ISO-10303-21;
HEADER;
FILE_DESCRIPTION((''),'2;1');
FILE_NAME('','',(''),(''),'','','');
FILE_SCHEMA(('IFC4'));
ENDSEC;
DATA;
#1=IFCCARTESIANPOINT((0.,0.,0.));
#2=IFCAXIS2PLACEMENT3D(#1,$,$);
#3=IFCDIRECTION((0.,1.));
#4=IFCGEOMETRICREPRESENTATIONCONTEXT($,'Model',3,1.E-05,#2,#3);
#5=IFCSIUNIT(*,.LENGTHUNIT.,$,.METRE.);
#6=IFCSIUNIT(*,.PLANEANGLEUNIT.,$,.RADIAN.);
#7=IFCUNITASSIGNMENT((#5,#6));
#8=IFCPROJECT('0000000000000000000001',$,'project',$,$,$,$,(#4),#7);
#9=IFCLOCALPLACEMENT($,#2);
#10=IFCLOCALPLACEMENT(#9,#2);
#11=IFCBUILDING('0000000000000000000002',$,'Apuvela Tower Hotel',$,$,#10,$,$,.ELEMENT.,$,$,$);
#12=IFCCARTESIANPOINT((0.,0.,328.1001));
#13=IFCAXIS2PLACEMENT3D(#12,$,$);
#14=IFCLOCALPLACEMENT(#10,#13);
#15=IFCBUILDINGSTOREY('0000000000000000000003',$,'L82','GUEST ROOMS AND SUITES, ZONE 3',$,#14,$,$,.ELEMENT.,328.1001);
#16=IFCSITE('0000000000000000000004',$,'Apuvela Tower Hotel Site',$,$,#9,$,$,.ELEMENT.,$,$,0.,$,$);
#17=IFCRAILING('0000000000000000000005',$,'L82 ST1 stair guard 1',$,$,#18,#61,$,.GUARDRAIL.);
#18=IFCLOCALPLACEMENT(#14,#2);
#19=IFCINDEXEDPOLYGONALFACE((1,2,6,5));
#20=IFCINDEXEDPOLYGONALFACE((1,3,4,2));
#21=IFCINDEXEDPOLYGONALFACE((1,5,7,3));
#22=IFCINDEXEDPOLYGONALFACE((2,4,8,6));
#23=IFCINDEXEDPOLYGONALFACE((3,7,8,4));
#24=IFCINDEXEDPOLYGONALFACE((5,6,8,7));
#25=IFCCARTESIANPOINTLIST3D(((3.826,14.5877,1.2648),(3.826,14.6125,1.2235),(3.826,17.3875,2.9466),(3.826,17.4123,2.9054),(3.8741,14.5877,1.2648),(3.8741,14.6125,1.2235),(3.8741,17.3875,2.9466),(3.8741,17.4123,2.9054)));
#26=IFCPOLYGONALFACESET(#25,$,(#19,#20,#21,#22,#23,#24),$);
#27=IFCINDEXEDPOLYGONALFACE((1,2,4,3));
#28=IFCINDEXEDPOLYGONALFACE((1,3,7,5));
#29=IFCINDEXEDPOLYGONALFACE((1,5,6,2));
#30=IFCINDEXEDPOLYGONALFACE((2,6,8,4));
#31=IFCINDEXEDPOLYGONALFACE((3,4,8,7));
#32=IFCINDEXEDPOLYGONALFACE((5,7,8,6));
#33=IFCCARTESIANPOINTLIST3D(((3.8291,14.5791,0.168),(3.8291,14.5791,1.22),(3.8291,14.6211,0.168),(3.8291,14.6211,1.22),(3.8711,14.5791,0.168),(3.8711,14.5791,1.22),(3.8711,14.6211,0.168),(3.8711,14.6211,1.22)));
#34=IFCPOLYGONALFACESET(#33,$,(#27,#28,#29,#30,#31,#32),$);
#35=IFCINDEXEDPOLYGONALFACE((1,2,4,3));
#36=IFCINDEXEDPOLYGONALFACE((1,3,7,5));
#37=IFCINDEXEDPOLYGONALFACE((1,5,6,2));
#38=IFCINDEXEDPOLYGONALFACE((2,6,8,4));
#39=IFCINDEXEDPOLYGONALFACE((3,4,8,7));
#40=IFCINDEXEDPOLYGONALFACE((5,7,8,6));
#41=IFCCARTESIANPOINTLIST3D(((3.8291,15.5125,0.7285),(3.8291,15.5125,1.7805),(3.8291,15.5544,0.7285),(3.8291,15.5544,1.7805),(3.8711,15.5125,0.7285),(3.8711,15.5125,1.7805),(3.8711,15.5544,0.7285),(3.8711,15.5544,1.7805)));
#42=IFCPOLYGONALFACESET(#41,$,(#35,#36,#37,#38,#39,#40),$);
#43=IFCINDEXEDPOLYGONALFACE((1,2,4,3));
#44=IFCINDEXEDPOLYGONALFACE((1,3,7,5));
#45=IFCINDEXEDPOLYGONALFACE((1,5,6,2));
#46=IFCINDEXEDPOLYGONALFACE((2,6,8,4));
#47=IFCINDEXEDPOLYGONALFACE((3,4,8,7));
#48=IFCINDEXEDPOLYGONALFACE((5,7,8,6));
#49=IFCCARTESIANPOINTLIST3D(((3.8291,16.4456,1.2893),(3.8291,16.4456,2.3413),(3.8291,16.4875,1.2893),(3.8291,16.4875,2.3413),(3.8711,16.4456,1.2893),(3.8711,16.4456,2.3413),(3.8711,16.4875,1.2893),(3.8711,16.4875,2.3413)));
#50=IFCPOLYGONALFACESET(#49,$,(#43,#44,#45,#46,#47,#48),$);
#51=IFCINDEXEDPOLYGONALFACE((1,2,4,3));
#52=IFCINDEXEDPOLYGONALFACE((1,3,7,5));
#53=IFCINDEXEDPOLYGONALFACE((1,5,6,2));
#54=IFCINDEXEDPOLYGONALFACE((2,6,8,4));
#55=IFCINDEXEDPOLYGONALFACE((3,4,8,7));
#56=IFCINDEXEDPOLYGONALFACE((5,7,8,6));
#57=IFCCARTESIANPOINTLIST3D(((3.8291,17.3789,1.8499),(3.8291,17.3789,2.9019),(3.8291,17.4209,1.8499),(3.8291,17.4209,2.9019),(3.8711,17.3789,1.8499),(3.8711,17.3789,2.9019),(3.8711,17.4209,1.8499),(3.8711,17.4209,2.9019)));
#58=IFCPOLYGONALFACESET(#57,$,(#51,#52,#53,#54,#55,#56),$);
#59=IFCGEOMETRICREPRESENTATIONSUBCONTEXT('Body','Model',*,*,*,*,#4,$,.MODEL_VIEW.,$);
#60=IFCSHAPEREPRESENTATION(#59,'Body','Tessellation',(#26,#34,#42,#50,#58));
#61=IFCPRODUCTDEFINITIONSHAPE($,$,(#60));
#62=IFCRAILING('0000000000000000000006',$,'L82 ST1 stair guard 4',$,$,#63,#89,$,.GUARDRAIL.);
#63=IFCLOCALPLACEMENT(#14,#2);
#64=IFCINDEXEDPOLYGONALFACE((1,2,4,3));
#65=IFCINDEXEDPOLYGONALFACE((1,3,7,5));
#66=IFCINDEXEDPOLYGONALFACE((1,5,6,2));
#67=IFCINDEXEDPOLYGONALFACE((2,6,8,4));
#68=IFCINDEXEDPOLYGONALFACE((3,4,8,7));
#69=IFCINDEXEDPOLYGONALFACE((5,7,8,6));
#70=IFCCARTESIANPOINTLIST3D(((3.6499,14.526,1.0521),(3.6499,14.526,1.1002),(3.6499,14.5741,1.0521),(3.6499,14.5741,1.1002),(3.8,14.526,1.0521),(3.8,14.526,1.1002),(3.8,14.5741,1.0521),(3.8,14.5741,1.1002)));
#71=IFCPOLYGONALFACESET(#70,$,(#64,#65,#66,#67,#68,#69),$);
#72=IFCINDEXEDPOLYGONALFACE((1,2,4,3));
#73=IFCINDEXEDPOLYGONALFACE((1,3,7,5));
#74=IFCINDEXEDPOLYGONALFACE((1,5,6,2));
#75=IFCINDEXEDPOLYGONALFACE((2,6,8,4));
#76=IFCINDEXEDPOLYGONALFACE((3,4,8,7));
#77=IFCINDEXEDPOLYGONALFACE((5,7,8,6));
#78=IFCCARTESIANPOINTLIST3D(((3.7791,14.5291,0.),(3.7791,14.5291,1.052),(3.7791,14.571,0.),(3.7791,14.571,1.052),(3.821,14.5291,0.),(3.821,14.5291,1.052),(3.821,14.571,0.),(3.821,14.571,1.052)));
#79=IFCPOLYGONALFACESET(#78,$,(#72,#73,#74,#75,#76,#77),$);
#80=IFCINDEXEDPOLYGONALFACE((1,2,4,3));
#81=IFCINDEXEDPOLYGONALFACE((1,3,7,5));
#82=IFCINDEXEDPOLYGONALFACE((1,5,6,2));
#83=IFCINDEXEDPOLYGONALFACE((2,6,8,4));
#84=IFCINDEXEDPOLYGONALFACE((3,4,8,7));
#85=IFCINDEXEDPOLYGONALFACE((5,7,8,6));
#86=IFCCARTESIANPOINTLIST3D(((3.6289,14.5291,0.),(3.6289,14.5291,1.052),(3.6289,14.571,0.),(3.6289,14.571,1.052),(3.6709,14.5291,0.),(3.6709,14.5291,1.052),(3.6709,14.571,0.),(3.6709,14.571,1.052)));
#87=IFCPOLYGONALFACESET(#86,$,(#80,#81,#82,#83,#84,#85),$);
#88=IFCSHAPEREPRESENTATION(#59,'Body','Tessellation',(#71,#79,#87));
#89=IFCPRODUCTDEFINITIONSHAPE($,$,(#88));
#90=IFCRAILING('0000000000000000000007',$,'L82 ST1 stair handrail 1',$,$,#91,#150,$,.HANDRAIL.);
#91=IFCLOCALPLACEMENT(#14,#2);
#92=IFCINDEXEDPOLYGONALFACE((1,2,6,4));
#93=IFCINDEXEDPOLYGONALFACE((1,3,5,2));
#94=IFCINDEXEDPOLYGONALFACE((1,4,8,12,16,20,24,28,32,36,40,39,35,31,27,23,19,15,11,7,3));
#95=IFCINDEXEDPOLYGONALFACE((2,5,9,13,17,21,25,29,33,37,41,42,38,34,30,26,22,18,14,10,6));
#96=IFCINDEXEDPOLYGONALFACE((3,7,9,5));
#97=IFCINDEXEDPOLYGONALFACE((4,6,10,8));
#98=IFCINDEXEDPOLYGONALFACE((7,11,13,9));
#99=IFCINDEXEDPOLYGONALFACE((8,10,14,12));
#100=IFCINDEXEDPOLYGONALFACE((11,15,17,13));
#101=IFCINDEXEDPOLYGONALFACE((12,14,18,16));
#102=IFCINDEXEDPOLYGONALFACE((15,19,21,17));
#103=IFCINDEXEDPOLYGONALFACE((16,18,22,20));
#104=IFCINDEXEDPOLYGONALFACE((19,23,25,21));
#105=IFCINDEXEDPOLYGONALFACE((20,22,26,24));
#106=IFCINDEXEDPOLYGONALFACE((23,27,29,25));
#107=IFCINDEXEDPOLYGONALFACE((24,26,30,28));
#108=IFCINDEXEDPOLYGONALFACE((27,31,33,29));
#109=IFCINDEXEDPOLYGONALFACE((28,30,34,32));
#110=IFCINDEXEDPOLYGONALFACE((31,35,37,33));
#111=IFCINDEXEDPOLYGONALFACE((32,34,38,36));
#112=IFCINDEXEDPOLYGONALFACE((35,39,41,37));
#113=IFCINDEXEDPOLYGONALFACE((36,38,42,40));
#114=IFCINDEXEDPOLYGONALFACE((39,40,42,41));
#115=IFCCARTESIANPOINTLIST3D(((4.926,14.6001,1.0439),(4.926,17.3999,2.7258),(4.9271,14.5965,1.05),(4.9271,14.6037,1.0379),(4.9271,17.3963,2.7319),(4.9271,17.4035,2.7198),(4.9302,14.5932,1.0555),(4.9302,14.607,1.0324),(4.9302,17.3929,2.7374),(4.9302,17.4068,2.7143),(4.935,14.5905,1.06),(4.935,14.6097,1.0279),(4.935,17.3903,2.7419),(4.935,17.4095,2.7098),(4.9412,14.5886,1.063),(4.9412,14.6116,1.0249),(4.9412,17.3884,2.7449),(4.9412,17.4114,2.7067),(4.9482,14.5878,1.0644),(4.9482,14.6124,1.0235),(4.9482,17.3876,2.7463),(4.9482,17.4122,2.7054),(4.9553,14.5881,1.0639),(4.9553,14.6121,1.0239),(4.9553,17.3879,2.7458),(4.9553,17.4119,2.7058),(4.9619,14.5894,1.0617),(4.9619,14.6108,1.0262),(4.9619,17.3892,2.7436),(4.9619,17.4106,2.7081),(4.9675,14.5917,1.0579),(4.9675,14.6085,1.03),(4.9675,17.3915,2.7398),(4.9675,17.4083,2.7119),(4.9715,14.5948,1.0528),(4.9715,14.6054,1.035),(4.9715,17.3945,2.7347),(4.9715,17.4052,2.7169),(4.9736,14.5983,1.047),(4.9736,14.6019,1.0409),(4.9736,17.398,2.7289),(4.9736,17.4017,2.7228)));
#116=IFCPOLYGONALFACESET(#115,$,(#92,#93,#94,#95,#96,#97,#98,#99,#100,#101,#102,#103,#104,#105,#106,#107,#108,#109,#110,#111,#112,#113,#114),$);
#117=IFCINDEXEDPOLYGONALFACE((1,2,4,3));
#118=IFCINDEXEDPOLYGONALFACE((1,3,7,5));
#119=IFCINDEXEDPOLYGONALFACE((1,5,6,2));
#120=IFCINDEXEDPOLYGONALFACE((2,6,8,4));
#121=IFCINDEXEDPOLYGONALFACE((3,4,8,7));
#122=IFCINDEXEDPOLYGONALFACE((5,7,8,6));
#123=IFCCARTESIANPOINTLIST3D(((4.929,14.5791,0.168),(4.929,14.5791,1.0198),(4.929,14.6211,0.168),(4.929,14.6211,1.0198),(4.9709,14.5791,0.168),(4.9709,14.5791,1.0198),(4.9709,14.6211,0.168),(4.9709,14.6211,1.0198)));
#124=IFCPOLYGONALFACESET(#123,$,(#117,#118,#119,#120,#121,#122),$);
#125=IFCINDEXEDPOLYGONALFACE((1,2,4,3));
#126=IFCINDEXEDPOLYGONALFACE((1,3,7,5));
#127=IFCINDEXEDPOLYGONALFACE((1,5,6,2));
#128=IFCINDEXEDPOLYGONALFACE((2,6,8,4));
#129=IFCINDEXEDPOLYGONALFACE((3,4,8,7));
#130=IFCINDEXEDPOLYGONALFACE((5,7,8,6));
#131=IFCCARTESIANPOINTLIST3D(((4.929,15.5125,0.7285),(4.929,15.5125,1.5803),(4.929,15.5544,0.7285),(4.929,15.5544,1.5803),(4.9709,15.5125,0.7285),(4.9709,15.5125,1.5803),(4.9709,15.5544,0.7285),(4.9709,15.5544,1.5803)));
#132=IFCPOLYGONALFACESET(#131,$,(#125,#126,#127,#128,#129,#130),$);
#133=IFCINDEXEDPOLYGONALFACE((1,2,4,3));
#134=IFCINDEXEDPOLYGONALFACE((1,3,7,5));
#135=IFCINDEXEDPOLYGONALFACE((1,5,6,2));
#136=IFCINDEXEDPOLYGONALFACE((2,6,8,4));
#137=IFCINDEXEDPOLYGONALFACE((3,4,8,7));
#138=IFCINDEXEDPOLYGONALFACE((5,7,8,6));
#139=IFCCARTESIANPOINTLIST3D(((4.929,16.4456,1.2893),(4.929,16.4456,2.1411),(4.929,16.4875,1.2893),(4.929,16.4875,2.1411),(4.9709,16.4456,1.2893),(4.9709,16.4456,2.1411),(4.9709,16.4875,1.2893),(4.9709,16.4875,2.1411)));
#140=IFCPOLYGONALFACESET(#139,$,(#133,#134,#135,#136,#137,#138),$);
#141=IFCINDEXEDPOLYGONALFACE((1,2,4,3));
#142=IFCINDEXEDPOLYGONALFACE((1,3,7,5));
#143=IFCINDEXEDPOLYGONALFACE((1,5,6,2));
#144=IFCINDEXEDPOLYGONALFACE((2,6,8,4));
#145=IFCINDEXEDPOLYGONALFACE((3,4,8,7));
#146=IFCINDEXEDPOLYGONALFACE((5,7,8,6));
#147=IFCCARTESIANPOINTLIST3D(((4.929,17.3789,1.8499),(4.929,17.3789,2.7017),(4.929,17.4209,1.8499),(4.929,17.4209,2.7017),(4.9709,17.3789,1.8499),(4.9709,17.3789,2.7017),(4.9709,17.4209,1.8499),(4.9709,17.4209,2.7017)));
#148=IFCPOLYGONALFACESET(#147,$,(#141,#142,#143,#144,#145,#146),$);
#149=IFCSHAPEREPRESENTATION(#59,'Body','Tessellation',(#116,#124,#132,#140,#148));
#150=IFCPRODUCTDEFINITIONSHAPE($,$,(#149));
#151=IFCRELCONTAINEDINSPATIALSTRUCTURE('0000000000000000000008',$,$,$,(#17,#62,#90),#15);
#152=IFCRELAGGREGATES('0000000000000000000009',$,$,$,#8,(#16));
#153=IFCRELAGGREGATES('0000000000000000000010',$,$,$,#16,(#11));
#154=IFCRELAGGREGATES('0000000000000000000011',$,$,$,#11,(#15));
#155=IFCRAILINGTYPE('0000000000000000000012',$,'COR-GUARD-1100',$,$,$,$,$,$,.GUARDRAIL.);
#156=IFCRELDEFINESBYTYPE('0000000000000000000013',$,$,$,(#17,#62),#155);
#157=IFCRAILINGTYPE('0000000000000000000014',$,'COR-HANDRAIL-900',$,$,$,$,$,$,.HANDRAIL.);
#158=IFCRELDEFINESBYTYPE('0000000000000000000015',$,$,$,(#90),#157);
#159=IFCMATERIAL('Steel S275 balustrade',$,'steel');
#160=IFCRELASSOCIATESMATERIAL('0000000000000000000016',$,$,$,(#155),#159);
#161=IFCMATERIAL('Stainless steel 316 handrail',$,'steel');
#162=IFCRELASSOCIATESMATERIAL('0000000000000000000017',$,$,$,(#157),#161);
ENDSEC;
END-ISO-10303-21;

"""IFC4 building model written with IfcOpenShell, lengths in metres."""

from ifc_helpers import new_model, si_unit, direction, frame, origin, origin_2d, place, context, subcontext, project, spatial, rectangle, circle, extrude, material, type_object, element, save


model = new_model("IFC4")

# Units and contexts
model_context = context("Model", 3, precision=1e-05, world=origin(), true_north=direction((0.0, 1.0)))
body_context = subcontext(model_context, "Body", "Model", "MODEL_VIEW")
ifc_project = project(units=[si_unit("LENGTHUNIT", "METRE"), si_unit("PLANEANGLEUNIT", "RADIAN")], contexts=[model_context])

# Site, building, storey
site_placement = place(None, origin())
site = spatial("IfcSite", under=ifc_project, at=site_placement, Name="Apuvela Tower Hotel Site", CompositionType="ELEMENT", RefElevation=0.0)
building_placement = place(site_placement, origin())
building = spatial("IfcBuilding", under=site, at=building_placement, Name="Apuvela Tower Hotel", CompositionType="ELEMENT")
storey_placement = place(building_placement, frame((0.0, 0.0, 328.1001)))
storey = spatial("IfcBuildingStorey", under=building, at=storey_placement, Name="L82", Description="GUEST ROOMS AND SUITES, ZONE 3", CompositionType="ELEMENT", Elevation=328.1001)

# Railings
ifc_material_1 = material(Name="Steel S275 balustrade", Category="steel")
railing_type_1 = type_object("IfcRailingType", Name="COR-GUARD-1100", PredefinedType="GUARDRAIL", material=ifc_material_1)
railing_1_placement = place(storey_placement, frame((3.8501, 14.6001, 0.168)))
element("IfcRailing", 1, at=railing_1_placement, inside=storey, type_object=railing_type_1, Name="L82 ST1 stair guard 1", PredefinedType="GUARDRAIL", context=body_context, shape_type="SweptSolid", body=[
    extrude(rectangle(XDim=0.0481, YDim=0.0481, at=origin_2d()), frame((0.0, 0.0, 1.0762), z_axis=(0.0, 0.857222, 0.514946), x_axis=(-1.0, 0.0, 0.0)), (0.0, 0.0, 1.0), 3.2661),
    extrude(rectangle(XDim=0.042, YDim=0.042, at=origin_2d()), origin(), (0.0, 0.0, 1.0), 1.052),
    extrude(rectangle(XDim=0.042, YDim=0.042, at=origin_2d()), frame((0.0, 0.9333, 0.5605)), (0.0, 0.0, 1.0), 1.052),
    extrude(rectangle(XDim=0.042, YDim=0.042, at=origin_2d()), frame((0.0, 1.8665, 1.1213)), (0.0, 0.0, 1.0), 1.052),
    extrude(rectangle(XDim=0.042, YDim=0.042, at=origin_2d()), frame((0.0, 2.7998, 1.6819)), (0.0, 0.0, 1.0), 1.052),
])
railing_2_placement = place(storey_placement, frame((3.8, 14.55, 0.0)))
element("IfcRailing", 2, at=railing_2_placement, inside=storey, type_object=railing_type_1, Name="L82 ST1 stair guard 4", PredefinedType="GUARDRAIL", context=body_context, shape_type="SweptSolid", body=[
    extrude(rectangle(XDim=0.0481, YDim=0.0481, at=origin_2d()), frame((0.0, 0.0, 1.0762), z_axis=(-1.0, 0.0, 0.0), x_axis=(0.0, -1.0, 0.0)), (0.0, 0.0, 1.0), 0.1501),
    extrude(rectangle(XDim=0.042, YDim=0.042, at=origin_2d()), origin(), (0.0, 0.0, 1.0), 1.052),
    extrude(rectangle(XDim=0.042, YDim=0.042, at=origin_2d()), frame((-0.1501, 0.0, 0.0)), (0.0, 0.0, 1.0), 1.052),
])
ifc_material_2 = material(Name="Stainless steel 316 handrail", Category="steel")
railing_type_2 = type_object("IfcRailingType", Name="COR-HANDRAIL-900", PredefinedType="HANDRAIL", material=ifc_material_2)
railing_3_placement = place(storey_placement, frame((4.95, 14.6001, 0.168)))
element("IfcRailing", 3, at=railing_3_placement, inside=storey, type_object=railing_type_2, Name="L82 ST1 stair handrail 1", PredefinedType="HANDRAIL", context=body_context, shape_type="SweptSolid", body=[
    extrude(circle(Radius=0.0239, at=origin_2d()), frame((0.0, 0.0, 0.876), z_axis=(0.0, 0.857222, 0.514946), x_axis=(-1.0, 0.0, 0.0)), (0.0, 0.0, 1.0), 3.2661),
    extrude(rectangle(XDim=0.042, YDim=0.042, at=origin_2d()), origin(), (0.0, 0.0, 1.0), 0.8518),
    extrude(rectangle(XDim=0.042, YDim=0.042, at=origin_2d()), frame((0.0, 0.9333, 0.5605)), (0.0, 0.0, 1.0), 0.8518),
    extrude(rectangle(XDim=0.042, YDim=0.042, at=origin_2d()), frame((0.0, 1.8665, 1.1213)), (0.0, 0.0, 1.0), 0.8518),
    extrude(rectangle(XDim=0.042, YDim=0.042, at=origin_2d()), frame((0.0, 2.7998, 1.6819)), (0.0, 0.0, 1.0), 0.8518),
])

save(model, "model.ifc")
